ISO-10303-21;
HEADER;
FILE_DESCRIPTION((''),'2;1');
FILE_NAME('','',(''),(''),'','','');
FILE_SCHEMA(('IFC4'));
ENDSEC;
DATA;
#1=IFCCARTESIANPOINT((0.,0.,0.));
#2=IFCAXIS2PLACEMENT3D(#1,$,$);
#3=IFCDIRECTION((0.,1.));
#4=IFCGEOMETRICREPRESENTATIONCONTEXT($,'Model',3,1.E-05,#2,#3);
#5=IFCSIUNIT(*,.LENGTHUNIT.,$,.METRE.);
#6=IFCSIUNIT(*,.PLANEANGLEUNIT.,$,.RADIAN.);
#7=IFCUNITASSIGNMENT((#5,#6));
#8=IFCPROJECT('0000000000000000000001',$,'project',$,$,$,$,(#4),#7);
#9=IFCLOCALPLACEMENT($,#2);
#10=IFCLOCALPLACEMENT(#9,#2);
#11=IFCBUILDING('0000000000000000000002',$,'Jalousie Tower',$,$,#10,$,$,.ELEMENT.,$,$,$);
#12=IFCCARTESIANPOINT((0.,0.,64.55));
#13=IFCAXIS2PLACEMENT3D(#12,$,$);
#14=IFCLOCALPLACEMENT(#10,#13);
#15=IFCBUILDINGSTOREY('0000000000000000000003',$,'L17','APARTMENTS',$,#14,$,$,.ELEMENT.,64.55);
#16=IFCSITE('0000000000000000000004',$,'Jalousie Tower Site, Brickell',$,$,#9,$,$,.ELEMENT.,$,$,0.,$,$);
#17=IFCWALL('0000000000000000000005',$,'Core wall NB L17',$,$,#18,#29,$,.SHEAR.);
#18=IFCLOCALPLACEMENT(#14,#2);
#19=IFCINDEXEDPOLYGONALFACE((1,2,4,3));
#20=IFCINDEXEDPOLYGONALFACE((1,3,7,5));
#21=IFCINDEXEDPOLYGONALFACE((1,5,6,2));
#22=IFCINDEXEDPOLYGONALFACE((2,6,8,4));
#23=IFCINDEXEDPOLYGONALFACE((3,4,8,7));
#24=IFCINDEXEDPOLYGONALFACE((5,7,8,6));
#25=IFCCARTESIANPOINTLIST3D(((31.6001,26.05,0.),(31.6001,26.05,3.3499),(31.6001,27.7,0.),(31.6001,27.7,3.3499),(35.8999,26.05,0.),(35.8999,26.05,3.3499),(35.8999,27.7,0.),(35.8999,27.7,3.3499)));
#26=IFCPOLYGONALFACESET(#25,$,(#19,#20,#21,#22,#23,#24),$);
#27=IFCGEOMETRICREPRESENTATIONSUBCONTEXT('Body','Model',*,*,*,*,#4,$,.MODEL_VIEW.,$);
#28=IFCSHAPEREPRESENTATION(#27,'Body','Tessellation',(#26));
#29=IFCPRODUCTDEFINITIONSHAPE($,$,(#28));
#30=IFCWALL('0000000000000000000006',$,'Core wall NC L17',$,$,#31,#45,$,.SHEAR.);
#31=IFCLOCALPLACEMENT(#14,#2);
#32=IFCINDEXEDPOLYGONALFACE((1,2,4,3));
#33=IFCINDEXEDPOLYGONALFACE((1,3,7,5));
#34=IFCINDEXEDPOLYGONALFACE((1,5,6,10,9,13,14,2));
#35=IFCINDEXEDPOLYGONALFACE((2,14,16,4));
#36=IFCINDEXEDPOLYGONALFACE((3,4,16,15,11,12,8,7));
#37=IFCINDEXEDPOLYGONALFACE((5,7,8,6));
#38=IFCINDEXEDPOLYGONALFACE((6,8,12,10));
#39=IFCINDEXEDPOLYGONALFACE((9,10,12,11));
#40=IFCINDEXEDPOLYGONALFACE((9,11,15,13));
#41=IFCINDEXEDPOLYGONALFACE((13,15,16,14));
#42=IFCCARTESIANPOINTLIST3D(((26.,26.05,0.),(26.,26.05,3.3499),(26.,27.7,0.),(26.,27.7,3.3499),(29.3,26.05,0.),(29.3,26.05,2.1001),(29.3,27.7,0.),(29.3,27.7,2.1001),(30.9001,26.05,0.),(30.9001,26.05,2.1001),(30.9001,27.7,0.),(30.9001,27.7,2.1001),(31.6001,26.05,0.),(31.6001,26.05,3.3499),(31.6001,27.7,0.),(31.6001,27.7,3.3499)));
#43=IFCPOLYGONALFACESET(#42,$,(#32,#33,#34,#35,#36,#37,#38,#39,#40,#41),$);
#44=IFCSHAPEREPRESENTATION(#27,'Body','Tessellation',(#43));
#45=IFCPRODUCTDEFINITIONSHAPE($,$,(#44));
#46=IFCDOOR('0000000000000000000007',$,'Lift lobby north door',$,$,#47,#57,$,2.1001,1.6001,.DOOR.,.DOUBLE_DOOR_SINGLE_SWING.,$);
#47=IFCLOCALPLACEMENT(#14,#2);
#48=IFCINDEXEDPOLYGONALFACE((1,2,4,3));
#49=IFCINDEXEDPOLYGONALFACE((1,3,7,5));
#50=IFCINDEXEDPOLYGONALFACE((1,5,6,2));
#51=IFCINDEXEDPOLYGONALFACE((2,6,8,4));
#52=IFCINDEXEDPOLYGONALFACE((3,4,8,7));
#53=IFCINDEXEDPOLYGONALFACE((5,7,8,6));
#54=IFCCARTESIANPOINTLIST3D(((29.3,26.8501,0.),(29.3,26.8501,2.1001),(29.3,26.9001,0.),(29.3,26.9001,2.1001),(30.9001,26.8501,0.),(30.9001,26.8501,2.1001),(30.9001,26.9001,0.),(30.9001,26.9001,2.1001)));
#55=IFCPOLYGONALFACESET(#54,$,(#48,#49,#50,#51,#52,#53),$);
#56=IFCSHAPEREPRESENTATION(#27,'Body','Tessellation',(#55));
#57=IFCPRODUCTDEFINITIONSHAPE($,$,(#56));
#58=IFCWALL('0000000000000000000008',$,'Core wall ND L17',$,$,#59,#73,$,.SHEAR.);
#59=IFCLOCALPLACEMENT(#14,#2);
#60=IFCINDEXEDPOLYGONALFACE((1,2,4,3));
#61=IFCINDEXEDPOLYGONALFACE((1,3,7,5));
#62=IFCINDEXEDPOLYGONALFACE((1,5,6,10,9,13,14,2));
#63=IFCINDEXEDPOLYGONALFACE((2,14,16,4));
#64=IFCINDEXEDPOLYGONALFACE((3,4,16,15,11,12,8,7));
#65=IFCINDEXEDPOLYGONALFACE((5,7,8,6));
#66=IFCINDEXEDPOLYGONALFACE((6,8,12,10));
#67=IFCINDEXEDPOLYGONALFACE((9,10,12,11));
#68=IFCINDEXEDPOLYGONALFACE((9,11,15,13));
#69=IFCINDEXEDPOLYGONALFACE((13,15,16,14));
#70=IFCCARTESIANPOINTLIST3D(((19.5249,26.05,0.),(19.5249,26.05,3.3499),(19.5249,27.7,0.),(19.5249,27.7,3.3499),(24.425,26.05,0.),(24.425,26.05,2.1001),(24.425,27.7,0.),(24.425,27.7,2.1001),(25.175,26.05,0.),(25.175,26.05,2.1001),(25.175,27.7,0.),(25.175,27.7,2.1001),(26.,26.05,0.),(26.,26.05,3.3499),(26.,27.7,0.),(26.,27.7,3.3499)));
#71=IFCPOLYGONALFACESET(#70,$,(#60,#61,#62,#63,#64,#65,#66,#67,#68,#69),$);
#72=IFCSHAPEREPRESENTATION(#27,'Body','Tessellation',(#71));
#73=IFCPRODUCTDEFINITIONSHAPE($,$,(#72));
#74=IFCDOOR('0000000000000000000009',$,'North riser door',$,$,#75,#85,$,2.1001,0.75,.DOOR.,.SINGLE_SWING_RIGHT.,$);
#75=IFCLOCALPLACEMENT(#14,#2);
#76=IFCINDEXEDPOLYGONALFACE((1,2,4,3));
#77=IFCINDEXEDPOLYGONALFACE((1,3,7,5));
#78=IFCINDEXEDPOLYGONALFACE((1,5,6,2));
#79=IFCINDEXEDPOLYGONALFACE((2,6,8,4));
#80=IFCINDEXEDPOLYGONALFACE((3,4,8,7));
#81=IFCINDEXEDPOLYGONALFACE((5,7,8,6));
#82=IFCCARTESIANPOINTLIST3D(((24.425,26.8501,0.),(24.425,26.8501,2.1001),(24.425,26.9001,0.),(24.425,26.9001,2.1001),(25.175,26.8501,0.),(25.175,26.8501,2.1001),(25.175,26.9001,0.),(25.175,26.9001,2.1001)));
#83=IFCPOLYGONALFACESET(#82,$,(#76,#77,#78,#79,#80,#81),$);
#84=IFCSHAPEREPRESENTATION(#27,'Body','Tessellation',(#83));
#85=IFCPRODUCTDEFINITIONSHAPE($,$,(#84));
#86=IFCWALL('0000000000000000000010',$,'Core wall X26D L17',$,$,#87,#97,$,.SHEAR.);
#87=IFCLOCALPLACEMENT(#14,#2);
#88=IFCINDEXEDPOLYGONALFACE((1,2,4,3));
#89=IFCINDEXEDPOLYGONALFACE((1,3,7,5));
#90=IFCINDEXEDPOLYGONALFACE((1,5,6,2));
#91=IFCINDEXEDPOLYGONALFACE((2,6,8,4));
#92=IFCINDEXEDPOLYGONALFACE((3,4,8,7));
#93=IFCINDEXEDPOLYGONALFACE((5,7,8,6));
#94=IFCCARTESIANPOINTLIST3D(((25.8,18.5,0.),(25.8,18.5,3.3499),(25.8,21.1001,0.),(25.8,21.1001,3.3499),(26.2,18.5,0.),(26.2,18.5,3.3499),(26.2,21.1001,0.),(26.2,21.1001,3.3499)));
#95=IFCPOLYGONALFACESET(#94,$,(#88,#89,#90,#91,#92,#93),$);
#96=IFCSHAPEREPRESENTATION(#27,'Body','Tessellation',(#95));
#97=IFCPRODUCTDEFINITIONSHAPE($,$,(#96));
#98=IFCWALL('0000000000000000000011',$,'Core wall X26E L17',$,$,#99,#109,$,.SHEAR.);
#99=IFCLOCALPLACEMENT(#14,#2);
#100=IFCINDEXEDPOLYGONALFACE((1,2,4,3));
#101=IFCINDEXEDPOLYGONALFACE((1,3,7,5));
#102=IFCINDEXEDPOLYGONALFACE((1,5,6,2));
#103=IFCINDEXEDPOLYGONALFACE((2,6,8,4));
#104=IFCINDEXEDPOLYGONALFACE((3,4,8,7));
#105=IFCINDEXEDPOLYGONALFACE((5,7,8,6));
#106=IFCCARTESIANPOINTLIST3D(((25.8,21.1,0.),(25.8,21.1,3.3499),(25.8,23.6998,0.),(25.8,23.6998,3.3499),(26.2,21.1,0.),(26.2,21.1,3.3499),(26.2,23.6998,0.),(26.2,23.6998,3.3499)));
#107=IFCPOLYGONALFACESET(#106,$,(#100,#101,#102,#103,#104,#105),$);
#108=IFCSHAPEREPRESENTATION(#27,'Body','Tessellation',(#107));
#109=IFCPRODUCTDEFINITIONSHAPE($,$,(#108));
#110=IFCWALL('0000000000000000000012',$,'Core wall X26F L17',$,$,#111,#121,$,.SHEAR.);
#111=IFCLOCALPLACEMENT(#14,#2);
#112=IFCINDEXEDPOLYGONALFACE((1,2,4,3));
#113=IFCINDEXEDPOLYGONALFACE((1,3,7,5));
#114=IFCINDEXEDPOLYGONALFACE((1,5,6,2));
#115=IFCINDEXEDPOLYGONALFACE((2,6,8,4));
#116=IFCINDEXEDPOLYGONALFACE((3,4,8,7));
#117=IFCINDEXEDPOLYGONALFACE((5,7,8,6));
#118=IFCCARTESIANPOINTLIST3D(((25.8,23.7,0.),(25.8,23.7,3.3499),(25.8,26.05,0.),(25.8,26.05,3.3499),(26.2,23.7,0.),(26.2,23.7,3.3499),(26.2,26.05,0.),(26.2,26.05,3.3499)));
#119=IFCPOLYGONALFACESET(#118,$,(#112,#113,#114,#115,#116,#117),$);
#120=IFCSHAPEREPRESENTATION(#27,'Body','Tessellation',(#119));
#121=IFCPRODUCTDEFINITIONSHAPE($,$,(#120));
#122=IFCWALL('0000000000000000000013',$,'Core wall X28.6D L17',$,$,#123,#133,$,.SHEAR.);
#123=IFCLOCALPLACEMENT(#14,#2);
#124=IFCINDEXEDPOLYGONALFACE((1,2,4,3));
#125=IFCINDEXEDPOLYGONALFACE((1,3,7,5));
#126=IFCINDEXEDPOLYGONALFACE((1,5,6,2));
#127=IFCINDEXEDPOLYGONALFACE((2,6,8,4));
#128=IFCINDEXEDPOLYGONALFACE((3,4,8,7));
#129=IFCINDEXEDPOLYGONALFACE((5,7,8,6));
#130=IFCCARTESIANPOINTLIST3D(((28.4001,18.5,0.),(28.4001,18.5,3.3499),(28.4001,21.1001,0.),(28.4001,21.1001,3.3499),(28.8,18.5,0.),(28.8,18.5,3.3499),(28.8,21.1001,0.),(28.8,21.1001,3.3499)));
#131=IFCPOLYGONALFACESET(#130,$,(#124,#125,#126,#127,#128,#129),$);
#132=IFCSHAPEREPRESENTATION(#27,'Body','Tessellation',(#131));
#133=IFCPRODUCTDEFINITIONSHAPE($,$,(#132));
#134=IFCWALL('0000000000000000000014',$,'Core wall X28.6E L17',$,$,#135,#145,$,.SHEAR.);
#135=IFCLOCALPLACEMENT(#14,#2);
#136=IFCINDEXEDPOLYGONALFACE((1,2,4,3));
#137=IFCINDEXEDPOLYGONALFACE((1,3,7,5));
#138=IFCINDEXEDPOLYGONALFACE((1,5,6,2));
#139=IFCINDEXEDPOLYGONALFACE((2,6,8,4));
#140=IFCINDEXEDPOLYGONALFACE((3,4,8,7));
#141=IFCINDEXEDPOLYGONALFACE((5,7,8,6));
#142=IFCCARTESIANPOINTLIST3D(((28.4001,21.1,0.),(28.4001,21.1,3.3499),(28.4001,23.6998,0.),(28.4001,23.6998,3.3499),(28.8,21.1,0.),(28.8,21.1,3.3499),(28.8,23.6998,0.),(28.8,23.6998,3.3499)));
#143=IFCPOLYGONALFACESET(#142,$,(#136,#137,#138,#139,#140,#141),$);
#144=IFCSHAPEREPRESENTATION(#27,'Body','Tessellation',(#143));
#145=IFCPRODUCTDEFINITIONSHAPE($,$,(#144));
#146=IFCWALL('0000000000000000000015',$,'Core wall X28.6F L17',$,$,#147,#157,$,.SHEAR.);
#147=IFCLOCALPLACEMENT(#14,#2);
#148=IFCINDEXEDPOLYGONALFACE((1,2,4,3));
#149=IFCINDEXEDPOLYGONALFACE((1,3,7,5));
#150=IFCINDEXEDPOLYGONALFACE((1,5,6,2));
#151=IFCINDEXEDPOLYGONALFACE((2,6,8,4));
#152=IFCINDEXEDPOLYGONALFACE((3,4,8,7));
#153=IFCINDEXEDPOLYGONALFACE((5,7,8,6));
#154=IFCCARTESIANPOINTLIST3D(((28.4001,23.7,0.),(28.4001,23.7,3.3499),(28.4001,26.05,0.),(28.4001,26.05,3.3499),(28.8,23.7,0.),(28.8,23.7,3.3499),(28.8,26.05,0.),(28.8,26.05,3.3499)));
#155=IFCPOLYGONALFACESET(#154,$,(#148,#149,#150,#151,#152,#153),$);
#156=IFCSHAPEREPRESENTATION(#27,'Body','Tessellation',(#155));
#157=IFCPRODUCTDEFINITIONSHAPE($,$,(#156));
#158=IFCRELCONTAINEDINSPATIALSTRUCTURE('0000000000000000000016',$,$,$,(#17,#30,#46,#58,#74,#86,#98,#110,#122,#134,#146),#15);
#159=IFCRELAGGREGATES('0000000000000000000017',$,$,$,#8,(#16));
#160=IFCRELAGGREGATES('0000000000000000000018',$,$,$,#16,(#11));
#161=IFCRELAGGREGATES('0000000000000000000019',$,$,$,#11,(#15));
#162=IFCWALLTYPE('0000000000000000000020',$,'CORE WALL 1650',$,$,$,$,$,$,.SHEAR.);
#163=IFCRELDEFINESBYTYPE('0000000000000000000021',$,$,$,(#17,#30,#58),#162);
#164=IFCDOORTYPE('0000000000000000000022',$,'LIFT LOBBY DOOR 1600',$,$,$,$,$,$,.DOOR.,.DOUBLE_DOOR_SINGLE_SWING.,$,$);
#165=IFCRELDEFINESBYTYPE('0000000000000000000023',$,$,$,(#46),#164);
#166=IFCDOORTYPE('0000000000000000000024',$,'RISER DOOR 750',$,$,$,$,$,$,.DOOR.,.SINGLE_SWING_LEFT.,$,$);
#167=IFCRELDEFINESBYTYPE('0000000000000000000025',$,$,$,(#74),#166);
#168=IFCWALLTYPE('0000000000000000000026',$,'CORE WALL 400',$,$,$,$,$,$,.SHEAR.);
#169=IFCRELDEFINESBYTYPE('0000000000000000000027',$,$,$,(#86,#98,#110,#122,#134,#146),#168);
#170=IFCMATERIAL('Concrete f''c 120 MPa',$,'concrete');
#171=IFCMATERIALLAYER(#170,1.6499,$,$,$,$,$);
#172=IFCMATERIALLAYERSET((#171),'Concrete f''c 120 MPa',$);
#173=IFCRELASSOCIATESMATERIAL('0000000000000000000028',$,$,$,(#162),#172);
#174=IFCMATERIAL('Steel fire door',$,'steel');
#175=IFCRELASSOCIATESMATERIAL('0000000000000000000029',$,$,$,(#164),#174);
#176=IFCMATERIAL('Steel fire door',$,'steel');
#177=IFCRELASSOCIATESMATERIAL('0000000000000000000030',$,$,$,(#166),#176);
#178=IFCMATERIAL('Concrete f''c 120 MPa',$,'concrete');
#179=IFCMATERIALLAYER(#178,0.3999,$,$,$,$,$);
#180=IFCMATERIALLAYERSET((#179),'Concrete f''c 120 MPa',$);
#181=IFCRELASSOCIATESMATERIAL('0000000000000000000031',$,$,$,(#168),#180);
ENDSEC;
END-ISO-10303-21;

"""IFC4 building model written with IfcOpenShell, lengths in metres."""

from ifc_helpers import new_model, si_unit, direction, frame, frame_2d, origin, place, context, subcontext, project, spatial, rectangle, extrude, material, layer, layer_set, type_object, element, fill, save


model = new_model("IFC4")

# Units and contexts
model_context = context("Model", 3, precision=1e-05, world=origin(), true_north=direction((0.0, 1.0)))
body_context = subcontext(model_context, "Body", "Model", "MODEL_VIEW")
ifc_project = project(units=[si_unit("LENGTHUNIT", "METRE"), si_unit("PLANEANGLEUNIT", "RADIAN")], contexts=[model_context])

# Site, building, storey
site_placement = place(None, origin())
site = spatial("IfcSite", under=ifc_project, at=site_placement, Name="Jalousie Tower Site, Brickell", CompositionType="ELEMENT", RefElevation=0.0)
building_placement = place(site_placement, origin())
building = spatial("IfcBuilding", under=site, at=building_placement, Name="Jalousie Tower", CompositionType="ELEMENT")
storey_placement = place(building_placement, frame((0.0, 0.0, 64.55)))
storey = spatial("IfcBuildingStorey", under=building, at=storey_placement, Name="L17", Description="APARTMENTS", CompositionType="ELEMENT", Elevation=64.55)

# Wall
ifc_material_1 = material(Name="Concrete f'c 120 MPa", Category="concrete")
ifc_layer_1 = layer(ifc_material_1, 1.6499)
ifc_layer_set_1 = layer_set([ifc_layer_1], Name="Concrete f'c 120 MPa")
wall_type_1 = type_object("IfcWallType", Name="CORE WALL 1650", PredefinedType="SHEAR", material=ifc_layer_set_1)
wall_1_placement = place(storey_placement, frame((35.8999, 26.875, 0.0), z_axis=(0.0, 0.0, 1.0), x_axis=(-1.0, 0.0, 0.0)))
element("IfcWall", 1, at=wall_1_placement, inside=storey, type_object=wall_type_1, Name="Core wall NB L17", PredefinedType="SHEAR", context=body_context, shape_type="SweptSolid", body=[
    extrude(rectangle(XDim=4.2998, YDim=1.6499, at=frame_2d((2.1499, 0.0))), origin(), (0.0, 0.0, 1.0), 3.3499),
])

# Walls, openings, doors
wall_2_placement = place(storey_placement, frame((31.6001, 26.875, 0.0), z_axis=(0.0, 0.0, 1.0), x_axis=(-1.0, 0.0, 0.0)))
wall_2 = element("IfcWall", 2, at=wall_2_placement, inside=storey, type_object=wall_type_1, Name="Core wall NC L17", PredefinedType="SHEAR", context=body_context, shape_type="SweptSolid", body=[
    extrude(rectangle(XDim=5.6001, YDim=1.6499, at=frame_2d((2.8, 0.0))), origin(), (0.0, 0.0, 1.0), 3.3499),
])
opening_1_placement = place(wall_2_placement, frame((0.7, 0.0, 0.0)))
opening_1 = element("IfcOpeningElement", 3, at=opening_1_placement, cuts=wall_2, PredefinedType="OPENING", context=body_context, shape_type="SweptSolid", body=[
    extrude(rectangle(XDim=1.6001, YDim=2.1001, at=frame_2d((0.8, 1.05))), frame((0.0, 0.835, 0.0), z_axis=(0.0, -1.0, 0.0), x_axis=(1.0, 0.0, 0.0)), (0.0, 0.0, 1.0), 1.6699),
])
ifc_material_2 = material(Name="Steel fire door", Category="steel")
door_type_1 = type_object("IfcDoorType", Name="LIFT LOBBY DOOR 1600", OperationType="DOUBLE_DOOR_SINGLE_SWING", PredefinedType="DOOR", material=ifc_material_2)
door_1_placement = place(opening_1_placement, origin())
door_1 = element("IfcDoor", 4, at=door_1_placement, inside=storey, type_object=door_type_1, Name="Lift lobby north door", OperationType="DOUBLE_DOOR_SINGLE_SWING", OverallHeight=2.1001, OverallWidth=1.6001, PredefinedType="DOOR", context=body_context, shape_type="SweptSolid", body=[
    extrude(rectangle(XDim=1.6001, YDim=2.1001, at=frame_2d((0.8, 1.05))), frame((0.0, 0.0249, 0.0), z_axis=(0.0, -1.0, 0.0), x_axis=(1.0, 0.0, 0.0)), (0.0, 0.0, 1.0), 0.05),
])
fill(opening_1, door_1)
wall_3_placement = place(storey_placement, frame((26.0, 26.875, 0.0), z_axis=(0.0, 0.0, 1.0), x_axis=(-1.0, 0.0, 0.0)))
wall_3 = element("IfcWall", 5, at=wall_3_placement, inside=storey, type_object=wall_type_1, Name="Core wall ND L17", PredefinedType="SHEAR", context=body_context, shape_type="SweptSolid", body=[
    extrude(rectangle(XDim=6.4751, YDim=1.6499, at=frame_2d((3.2375, 0.0))), origin(), (0.0, 0.0, 1.0), 3.3499),
])
opening_2_placement = place(wall_3_placement, frame((0.825, 0.0, 0.0)))
opening_2 = element("IfcOpeningElement", 6, at=opening_2_placement, cuts=wall_3, PredefinedType="OPENING", context=body_context, shape_type="SweptSolid", body=[
    extrude(rectangle(XDim=0.75, YDim=2.1001, at=frame_2d((0.375, 1.05))), frame((0.0, 0.835, 0.0), z_axis=(0.0, -1.0, 0.0), x_axis=(1.0, 0.0, 0.0)), (0.0, 0.0, 1.0), 1.6699),
])
ifc_material_3 = material(Name="Steel fire door", Category="steel")
door_type_2 = type_object("IfcDoorType", Name="RISER DOOR 750", OperationType="SINGLE_SWING_LEFT", PredefinedType="DOOR", material=ifc_material_3)
door_2_placement = place(opening_2_placement, origin())
door_2 = element("IfcDoor", 7, at=door_2_placement, inside=storey, type_object=door_type_2, Name="North riser door", OperationType="SINGLE_SWING_RIGHT", OverallHeight=2.1001, OverallWidth=0.75, PredefinedType="DOOR", context=body_context, shape_type="SweptSolid", body=[
    extrude(rectangle(XDim=0.75, YDim=2.1001, at=frame_2d((0.375, 1.05))), frame((0.0, 0.0249, 0.0), z_axis=(0.0, -1.0, 0.0), x_axis=(1.0, 0.0, 0.0)), (0.0, 0.0, 1.0), 0.05),
])
fill(opening_2, door_2)

# Walls
ifc_material_4 = material(Name="Concrete f'c 120 MPa", Category="concrete")
ifc_layer_2 = layer(ifc_material_4, 0.3999)
ifc_layer_set_2 = layer_set([ifc_layer_2], Name="Concrete f'c 120 MPa")
wall_type_2 = type_object("IfcWallType", Name="CORE WALL 400", PredefinedType="SHEAR", material=ifc_layer_set_2)
wall_4_placement = place(storey_placement, frame((26.0, 18.5, 0.0), z_axis=(0.0, 0.0, 1.0), x_axis=(0.0, 1.0, 0.0)))
element("IfcWall", 8, at=wall_4_placement, inside=storey, type_object=wall_type_2, Name="Core wall X26D L17", PredefinedType="SHEAR", context=body_context, shape_type="SweptSolid", body=[
    extrude(rectangle(XDim=2.6001, YDim=0.3999, at=frame_2d((1.3, 0.0))), origin(), (0.0, 0.0, 1.0), 3.3499),
])
wall_5_placement = place(storey_placement, frame((26.0, 21.1001, 0.0), z_axis=(0.0, 0.0, 1.0), x_axis=(0.0, 1.0, 0.0)))
element("IfcWall", 9, at=wall_5_placement, inside=storey, type_object=wall_type_2, Name="Core wall X26E L17", PredefinedType="SHEAR", context=body_context, shape_type="SweptSolid", body=[
    extrude(rectangle(XDim=2.5999, YDim=0.3999, at=frame_2d((1.2998, 0.0))), origin(), (0.0, 0.0, 1.0), 3.3499),
])
wall_6_placement = place(storey_placement, frame((26.0, 23.7, 0.0), z_axis=(0.0, 0.0, 1.0), x_axis=(0.0, 1.0, 0.0)))
element("IfcWall", 10, at=wall_6_placement, inside=storey, type_object=wall_type_2, Name="Core wall X26F L17", PredefinedType="SHEAR", context=body_context, shape_type="SweptSolid", body=[
    extrude(rectangle(XDim=2.3501, YDim=0.3999, at=frame_2d((1.175, 0.0))), origin(), (0.0, 0.0, 1.0), 3.3499),
])
wall_7_placement = place(storey_placement, frame((28.6001, 18.5, 0.0), z_axis=(0.0, 0.0, 1.0), x_axis=(0.0, 1.0, 0.0)))
element("IfcWall", 11, at=wall_7_placement, inside=storey, type_object=wall_type_2, Name="Core wall X28.6D L17", PredefinedType="SHEAR", context=body_context, shape_type="SweptSolid", body=[
    extrude(rectangle(XDim=2.6001, YDim=0.3999, at=frame_2d((1.3, 0.0))), origin(), (0.0, 0.0, 1.0), 3.3499),
])
wall_8_placement = place(storey_placement, frame((28.6001, 21.1001, 0.0), z_axis=(0.0, 0.0, 1.0), x_axis=(0.0, 1.0, 0.0)))
element("IfcWall", 12, at=wall_8_placement, inside=storey, type_object=wall_type_2, Name="Core wall X28.6E L17", PredefinedType="SHEAR", context=body_context, shape_type="SweptSolid", body=[
    extrude(rectangle(XDim=2.5999, YDim=0.3999, at=frame_2d((1.2998, 0.0))), origin(), (0.0, 0.0, 1.0), 3.3499),
])
wall_9_placement = place(storey_placement, frame((28.6001, 23.7, 0.0), z_axis=(0.0, 0.0, 1.0), x_axis=(0.0, 1.0, 0.0)))
element("IfcWall", 13, at=wall_9_placement, inside=storey, type_object=wall_type_2, Name="Core wall X28.6F L17", PredefinedType="SHEAR", context=body_context, shape_type="SweptSolid", body=[
    extrude(rectangle(XDim=2.3501, YDim=0.3999, at=frame_2d((1.175, 0.0))), origin(), (0.0, 0.0, 1.0), 3.3499),
])

save(model, "model.ifc")
